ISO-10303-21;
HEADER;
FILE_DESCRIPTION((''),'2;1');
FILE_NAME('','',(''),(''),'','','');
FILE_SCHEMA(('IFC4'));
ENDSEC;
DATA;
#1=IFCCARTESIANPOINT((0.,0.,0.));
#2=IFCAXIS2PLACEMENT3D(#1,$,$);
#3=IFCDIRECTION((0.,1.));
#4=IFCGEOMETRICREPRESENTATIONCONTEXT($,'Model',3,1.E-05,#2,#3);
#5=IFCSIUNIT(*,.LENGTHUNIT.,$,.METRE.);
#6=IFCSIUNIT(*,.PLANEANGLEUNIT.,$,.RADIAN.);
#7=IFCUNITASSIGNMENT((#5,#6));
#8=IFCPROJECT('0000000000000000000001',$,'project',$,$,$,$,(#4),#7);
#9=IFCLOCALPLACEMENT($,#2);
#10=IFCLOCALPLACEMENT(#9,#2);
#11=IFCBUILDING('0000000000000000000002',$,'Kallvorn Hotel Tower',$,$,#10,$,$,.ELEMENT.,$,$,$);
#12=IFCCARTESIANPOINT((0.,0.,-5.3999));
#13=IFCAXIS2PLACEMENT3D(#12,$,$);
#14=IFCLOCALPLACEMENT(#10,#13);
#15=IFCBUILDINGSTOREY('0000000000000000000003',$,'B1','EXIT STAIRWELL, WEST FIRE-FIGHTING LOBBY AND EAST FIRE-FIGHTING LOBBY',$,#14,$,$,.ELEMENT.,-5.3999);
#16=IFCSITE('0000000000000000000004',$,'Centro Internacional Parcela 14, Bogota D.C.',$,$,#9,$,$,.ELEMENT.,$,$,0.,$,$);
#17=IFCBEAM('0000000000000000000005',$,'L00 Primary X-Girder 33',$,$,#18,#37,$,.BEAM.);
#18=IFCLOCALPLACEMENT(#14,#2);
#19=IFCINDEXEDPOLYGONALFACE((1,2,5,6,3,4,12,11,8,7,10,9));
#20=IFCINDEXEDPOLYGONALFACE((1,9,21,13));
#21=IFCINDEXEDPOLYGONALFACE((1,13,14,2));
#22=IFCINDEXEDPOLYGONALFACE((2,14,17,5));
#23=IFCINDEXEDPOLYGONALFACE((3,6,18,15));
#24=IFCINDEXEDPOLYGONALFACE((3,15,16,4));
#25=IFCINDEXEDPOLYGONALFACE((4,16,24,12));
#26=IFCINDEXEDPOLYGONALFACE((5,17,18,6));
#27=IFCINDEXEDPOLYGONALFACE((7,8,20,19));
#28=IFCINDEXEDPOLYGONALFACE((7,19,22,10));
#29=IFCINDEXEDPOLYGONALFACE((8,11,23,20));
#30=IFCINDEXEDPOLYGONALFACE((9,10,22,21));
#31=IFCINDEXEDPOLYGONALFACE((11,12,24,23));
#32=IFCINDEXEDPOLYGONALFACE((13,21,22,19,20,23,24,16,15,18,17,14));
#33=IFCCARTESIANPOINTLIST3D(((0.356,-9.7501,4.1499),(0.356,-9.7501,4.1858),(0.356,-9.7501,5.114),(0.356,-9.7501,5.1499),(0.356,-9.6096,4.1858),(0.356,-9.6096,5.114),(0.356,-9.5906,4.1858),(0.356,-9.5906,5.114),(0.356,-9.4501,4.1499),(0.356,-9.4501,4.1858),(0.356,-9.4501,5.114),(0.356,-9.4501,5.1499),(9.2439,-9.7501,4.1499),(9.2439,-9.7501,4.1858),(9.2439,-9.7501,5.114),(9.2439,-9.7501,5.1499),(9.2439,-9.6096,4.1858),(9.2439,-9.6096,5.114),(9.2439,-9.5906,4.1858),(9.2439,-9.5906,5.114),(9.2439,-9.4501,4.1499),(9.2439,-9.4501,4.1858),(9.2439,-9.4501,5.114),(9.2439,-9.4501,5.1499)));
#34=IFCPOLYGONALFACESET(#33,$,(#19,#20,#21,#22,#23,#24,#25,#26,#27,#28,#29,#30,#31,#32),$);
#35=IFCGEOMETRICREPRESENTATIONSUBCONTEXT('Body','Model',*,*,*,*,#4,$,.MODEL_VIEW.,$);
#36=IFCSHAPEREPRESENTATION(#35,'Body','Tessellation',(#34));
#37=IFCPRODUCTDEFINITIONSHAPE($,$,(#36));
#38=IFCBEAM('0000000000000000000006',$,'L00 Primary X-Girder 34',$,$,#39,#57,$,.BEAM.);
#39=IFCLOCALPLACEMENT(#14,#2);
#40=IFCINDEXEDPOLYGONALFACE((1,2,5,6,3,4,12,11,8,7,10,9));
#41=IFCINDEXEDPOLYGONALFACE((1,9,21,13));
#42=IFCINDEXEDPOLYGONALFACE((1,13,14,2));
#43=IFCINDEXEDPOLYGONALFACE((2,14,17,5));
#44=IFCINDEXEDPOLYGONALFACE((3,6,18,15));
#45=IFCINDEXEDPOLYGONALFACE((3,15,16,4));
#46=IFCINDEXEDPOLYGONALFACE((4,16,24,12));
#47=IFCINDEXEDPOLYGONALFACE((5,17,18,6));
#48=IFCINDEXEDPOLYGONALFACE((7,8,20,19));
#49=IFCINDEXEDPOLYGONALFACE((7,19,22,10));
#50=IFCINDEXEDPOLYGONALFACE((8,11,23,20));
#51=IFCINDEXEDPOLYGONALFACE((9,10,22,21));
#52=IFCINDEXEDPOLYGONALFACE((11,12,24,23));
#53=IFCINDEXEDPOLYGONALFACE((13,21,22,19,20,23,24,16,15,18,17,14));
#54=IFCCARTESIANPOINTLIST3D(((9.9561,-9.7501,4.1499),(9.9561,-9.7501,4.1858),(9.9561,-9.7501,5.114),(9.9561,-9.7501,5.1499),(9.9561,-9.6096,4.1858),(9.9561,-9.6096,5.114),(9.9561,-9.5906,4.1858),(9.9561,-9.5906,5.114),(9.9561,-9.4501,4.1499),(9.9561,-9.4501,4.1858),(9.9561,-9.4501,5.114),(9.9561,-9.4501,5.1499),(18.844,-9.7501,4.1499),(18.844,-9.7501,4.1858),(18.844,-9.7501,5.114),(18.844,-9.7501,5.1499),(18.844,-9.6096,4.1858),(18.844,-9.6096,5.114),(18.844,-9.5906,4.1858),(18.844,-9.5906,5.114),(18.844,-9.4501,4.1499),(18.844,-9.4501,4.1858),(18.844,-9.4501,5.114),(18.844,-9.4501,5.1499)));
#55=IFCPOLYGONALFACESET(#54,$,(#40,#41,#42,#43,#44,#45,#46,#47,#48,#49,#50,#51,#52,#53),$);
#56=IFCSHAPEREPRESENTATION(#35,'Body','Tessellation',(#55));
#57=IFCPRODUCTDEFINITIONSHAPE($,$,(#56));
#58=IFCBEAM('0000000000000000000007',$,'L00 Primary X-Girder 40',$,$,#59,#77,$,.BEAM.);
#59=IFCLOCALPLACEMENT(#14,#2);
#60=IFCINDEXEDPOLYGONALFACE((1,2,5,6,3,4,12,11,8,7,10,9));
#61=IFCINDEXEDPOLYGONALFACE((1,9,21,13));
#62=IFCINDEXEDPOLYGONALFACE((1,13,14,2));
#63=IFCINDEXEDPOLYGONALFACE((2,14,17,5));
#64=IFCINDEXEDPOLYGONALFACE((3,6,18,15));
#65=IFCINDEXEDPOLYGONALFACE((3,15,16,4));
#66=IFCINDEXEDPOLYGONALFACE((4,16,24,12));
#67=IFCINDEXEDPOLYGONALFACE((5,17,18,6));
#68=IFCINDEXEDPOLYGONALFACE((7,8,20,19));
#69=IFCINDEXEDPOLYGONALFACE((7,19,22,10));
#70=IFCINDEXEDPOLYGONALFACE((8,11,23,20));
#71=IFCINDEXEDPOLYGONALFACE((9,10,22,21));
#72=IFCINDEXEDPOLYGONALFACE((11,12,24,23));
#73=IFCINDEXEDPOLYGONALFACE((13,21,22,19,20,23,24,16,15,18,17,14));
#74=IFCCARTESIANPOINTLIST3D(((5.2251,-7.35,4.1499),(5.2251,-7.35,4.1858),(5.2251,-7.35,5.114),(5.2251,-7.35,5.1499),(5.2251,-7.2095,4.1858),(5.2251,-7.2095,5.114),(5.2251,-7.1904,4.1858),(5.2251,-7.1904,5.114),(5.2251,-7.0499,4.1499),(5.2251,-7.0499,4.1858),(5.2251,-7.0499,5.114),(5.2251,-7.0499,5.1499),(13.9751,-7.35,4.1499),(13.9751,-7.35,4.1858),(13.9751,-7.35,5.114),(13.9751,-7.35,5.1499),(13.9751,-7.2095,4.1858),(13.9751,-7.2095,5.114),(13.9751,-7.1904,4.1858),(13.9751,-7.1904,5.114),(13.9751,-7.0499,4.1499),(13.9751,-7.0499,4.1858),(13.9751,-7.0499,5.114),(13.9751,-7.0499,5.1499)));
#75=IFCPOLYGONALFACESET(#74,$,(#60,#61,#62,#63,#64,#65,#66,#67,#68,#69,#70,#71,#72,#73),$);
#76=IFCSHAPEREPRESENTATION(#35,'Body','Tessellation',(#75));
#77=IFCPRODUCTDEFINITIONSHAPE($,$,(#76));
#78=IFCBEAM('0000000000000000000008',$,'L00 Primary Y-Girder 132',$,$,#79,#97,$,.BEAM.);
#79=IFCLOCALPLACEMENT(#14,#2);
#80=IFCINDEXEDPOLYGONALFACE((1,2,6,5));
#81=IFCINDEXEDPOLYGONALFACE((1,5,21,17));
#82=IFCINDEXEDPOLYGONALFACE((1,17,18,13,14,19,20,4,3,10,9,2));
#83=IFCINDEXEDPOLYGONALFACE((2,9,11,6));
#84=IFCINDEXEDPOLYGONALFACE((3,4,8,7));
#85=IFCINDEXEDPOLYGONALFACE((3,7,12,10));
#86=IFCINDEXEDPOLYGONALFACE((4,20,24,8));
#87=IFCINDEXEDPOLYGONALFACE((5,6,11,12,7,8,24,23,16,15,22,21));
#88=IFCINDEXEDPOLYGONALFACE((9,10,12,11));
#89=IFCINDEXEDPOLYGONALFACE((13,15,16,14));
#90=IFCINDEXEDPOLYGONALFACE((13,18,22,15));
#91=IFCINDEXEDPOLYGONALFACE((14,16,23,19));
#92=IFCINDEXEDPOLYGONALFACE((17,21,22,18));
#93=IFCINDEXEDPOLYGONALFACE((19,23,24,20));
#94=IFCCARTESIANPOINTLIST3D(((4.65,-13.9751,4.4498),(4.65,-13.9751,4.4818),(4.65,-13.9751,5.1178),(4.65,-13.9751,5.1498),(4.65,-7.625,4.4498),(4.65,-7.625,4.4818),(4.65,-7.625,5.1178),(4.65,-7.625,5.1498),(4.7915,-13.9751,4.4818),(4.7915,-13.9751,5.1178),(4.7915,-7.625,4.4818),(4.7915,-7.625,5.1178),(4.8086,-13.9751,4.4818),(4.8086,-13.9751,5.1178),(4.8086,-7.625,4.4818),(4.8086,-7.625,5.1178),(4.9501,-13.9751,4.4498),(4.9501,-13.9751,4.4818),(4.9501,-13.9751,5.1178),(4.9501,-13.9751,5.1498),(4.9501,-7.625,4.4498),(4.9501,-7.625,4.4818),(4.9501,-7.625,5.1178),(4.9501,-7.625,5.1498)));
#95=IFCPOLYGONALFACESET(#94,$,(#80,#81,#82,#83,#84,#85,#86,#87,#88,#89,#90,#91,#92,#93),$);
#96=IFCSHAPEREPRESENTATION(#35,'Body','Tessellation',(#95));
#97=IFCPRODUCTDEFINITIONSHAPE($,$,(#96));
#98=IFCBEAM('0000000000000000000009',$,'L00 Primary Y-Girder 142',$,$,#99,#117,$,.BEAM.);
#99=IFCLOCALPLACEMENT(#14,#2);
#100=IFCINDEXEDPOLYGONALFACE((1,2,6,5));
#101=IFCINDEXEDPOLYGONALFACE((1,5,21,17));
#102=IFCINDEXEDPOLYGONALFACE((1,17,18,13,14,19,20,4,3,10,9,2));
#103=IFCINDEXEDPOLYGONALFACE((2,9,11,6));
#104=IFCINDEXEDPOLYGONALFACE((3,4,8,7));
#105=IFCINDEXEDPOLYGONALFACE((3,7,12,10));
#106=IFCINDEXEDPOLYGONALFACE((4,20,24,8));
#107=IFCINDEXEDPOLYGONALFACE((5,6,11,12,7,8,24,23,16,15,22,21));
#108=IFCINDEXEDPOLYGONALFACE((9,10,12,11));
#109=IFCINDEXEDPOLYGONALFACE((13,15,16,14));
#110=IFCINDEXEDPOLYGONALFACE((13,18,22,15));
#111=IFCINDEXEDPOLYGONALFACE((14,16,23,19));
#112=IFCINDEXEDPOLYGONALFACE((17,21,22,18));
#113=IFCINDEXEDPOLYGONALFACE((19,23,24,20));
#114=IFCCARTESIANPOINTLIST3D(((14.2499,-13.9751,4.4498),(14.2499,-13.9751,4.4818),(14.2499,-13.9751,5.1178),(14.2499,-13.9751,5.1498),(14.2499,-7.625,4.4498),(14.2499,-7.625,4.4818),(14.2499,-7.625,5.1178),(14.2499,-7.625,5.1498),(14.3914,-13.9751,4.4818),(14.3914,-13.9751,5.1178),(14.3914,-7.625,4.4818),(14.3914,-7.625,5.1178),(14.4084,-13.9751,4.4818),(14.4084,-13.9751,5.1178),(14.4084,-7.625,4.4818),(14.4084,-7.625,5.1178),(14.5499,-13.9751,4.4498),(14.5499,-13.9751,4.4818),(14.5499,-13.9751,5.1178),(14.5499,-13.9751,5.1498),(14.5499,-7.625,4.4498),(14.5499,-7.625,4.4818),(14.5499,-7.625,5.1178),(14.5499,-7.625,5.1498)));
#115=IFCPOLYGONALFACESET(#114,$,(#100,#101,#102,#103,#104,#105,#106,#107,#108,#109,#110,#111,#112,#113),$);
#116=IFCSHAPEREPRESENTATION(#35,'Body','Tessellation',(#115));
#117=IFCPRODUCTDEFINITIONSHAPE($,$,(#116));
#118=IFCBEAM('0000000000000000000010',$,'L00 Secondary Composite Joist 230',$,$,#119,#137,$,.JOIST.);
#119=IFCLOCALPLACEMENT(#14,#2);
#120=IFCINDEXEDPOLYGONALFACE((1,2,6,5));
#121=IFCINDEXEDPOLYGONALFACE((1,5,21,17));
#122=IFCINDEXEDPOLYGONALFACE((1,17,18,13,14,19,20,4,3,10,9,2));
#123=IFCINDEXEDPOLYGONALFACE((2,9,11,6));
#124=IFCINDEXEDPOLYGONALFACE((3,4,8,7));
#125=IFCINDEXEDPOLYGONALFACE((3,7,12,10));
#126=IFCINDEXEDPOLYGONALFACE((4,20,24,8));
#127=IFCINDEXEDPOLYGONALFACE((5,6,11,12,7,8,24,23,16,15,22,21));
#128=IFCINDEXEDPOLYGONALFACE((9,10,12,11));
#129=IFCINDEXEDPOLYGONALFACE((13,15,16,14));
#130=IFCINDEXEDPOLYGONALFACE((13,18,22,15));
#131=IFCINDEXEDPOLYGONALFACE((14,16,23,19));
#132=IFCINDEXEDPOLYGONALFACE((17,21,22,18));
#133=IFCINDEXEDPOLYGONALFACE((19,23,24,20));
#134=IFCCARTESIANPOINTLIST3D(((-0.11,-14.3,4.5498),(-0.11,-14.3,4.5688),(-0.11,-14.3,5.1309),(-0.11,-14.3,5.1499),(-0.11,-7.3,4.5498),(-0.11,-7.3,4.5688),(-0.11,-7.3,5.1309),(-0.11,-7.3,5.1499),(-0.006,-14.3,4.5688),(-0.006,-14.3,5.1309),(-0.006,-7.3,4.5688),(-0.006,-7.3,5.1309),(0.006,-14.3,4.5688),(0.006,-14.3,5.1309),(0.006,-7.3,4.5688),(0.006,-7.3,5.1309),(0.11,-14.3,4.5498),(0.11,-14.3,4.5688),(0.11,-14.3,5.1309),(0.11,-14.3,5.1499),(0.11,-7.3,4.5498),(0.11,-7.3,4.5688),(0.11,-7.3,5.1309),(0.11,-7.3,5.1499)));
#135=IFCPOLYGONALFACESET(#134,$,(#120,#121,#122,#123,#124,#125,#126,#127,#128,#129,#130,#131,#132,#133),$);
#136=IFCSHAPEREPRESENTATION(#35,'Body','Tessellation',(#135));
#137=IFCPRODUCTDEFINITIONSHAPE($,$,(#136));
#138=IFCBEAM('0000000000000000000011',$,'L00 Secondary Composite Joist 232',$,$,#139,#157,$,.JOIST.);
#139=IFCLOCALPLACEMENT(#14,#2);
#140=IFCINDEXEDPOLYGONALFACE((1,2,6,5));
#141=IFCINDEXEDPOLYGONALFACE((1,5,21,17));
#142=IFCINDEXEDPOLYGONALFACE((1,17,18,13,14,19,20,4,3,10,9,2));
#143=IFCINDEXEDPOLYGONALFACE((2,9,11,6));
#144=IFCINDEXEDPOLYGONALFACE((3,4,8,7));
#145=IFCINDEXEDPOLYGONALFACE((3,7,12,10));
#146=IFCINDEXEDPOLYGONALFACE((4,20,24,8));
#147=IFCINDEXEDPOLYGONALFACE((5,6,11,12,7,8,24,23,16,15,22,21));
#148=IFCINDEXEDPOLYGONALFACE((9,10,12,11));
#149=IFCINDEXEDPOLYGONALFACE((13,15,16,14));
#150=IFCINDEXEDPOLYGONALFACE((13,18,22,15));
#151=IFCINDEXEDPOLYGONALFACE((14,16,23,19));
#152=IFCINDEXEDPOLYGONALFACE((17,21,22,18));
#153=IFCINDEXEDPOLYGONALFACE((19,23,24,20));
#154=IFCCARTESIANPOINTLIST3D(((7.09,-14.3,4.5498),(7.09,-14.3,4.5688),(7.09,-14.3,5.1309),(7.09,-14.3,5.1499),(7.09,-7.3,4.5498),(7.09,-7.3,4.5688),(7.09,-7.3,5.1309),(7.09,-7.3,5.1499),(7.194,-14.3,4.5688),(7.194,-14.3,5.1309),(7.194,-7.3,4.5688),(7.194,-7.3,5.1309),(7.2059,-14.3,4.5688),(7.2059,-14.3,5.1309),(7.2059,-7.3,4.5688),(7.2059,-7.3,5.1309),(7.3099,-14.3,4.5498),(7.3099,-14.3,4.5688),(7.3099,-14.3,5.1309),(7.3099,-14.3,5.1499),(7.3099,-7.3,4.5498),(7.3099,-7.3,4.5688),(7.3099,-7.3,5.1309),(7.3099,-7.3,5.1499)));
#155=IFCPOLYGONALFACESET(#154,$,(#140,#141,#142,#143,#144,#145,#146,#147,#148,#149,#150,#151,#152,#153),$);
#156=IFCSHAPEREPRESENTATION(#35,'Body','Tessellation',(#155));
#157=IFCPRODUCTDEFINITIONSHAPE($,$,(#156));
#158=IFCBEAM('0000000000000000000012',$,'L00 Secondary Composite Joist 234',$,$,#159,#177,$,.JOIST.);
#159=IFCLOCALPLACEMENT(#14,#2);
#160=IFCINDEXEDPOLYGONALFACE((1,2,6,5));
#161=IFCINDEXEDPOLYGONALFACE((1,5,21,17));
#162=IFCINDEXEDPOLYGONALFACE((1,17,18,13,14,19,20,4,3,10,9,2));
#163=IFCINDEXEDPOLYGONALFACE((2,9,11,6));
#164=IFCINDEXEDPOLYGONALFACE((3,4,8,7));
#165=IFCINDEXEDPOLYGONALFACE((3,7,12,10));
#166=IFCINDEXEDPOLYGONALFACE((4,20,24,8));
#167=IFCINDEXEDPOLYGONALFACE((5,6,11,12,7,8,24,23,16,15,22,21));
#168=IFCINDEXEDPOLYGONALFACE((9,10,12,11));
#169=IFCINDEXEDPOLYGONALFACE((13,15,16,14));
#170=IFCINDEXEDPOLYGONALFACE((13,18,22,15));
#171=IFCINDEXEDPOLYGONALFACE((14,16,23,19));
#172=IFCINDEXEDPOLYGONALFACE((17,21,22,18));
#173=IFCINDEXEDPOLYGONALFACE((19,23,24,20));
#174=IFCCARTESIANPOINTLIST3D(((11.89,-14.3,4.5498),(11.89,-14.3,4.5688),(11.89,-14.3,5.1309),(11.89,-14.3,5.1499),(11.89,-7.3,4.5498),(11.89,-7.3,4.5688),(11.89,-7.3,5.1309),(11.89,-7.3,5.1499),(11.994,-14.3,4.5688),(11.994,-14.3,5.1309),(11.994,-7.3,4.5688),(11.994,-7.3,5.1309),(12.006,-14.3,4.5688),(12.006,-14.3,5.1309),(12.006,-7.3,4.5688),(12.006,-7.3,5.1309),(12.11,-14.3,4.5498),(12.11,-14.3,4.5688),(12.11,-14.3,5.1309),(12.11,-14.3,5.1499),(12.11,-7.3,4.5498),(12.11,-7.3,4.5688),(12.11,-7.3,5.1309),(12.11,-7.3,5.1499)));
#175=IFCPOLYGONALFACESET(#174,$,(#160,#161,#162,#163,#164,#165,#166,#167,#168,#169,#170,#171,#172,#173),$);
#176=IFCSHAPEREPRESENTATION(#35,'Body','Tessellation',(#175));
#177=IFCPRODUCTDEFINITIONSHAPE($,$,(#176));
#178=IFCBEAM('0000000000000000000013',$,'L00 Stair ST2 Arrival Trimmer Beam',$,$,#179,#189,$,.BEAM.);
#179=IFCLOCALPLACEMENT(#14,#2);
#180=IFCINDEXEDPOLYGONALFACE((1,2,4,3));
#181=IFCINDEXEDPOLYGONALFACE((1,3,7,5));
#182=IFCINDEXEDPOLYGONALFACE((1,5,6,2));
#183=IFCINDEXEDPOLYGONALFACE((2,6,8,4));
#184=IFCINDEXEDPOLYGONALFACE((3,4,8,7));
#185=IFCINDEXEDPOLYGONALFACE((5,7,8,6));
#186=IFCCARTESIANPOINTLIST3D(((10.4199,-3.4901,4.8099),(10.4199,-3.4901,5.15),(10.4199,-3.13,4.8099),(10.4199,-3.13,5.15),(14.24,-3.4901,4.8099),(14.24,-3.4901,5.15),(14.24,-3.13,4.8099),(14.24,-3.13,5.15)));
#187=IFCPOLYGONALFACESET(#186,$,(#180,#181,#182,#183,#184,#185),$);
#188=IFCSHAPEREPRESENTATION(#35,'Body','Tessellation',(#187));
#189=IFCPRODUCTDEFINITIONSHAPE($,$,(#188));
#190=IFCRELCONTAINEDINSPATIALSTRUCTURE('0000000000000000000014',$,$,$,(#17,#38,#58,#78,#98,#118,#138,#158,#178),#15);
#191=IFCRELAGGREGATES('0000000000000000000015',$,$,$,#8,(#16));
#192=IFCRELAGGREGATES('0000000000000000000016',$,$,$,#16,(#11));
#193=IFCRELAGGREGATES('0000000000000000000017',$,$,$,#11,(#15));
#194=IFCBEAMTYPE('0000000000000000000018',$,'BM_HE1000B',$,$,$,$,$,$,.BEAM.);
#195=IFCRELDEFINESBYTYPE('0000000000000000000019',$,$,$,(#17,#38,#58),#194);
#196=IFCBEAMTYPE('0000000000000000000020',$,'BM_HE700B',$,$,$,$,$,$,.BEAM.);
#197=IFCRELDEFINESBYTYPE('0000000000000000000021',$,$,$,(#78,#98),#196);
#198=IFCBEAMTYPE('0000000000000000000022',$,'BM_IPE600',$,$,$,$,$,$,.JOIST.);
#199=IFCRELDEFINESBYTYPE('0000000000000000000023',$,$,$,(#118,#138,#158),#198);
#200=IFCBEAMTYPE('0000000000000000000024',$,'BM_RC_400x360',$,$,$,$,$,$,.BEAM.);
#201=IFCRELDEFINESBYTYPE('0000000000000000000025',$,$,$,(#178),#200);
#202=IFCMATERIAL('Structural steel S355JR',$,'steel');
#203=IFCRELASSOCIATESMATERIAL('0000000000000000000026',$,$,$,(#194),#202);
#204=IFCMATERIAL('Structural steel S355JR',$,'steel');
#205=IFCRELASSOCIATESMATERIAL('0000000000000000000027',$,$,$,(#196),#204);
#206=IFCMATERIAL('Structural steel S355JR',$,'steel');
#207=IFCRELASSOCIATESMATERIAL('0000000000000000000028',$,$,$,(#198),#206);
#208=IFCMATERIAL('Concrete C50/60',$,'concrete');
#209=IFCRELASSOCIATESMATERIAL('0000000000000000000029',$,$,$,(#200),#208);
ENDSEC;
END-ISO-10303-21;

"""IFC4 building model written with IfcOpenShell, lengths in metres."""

from ifc_helpers import new_model, si_unit, direction, frame, origin, origin_2d, place, context, subcontext, project, spatial, rectangle, i_section, extrude, material, material_profile, profile_set, type_object, element, save


model = new_model("IFC4")

# Units and contexts
model_context = context("Model", 3, precision=1e-05, world=origin(), true_north=direction((0.0, 1.0)))
body_context = subcontext(model_context, "Body", "Model", "MODEL_VIEW")
ifc_project = project(units=[si_unit("LENGTHUNIT", "METRE"), si_unit("PLANEANGLEUNIT", "RADIAN")], contexts=[model_context])

# Site, building, storey
site_placement = place(None, origin())
site = spatial("IfcSite", under=ifc_project, at=site_placement, Name="Centro Internacional Parcela 14, Bogota D.C.", CompositionType="ELEMENT", RefElevation=0.0)
building_placement = place(site_placement, origin())
building = spatial("IfcBuilding", under=site, at=building_placement, Name="Kallvorn Hotel Tower", CompositionType="ELEMENT")
storey_placement = place(building_placement, frame((0.0, 0.0, -5.3999)))
storey = spatial("IfcBuildingStorey", under=building, at=storey_placement, Name="B1", Description="EXIT STAIRWELL, WEST FIRE-FIGHTING LOBBY AND EAST FIRE-FIGHTING LOBBY", CompositionType="ELEMENT", Elevation=-5.3999)

# Beams
ifc_material_1 = material(Name="Structural steel S355JR", Category="steel")
ifc_material_profile_1 = material_profile(ifc_material_1, i_section(OverallWidth=0.3, OverallDepth=1.0, WebThickness=0.019, FlangeThickness=0.0359, at=origin_2d()), Name="HE 1000 B")
ifc_profile_set_1 = profile_set([ifc_material_profile_1], Name="Structural steel S355JR")
beam_type_1 = type_object("IfcBeamType", Name="BM_HE1000B", PredefinedType="BEAM", material=ifc_profile_set_1)
for number, where, z_axis, x_axis, name in (
    (1, (0.356, -9.6001, 4.6499), (1.0, 0.0, 0.0), (0.0, 1.0, 0.0), "L00 Primary X-Girder 33"),
    (2, (9.9561, -9.6001, 4.6499), (1.0, 0.0, 0.0), (0.0, 1.0, 0.0), "L00 Primary X-Girder 34"),
):
    element("IfcBeam", number, at=place(storey_placement, frame(where, z_axis=z_axis, x_axis=x_axis)), inside=storey, type_object=beam_type_1, Name=name, PredefinedType="BEAM", context=body_context, shape_type="SweptSolid", body=[
        extrude(i_section(OverallWidth=0.3, OverallDepth=1.0, WebThickness=0.019, FlangeThickness=0.0359, at=origin_2d()), origin(), (0.0, 0.0, 1.0), 8.8879),
    ])
beam_1_placement = place(storey_placement, frame((5.2251, -7.2, 4.6499), z_axis=(1.0, 0.0, 0.0), x_axis=(0.0, 1.0, 0.0)))
element("IfcBeam", 3, at=beam_1_placement, inside=storey, type_object=beam_type_1, Name="L00 Primary X-Girder 40", PredefinedType="BEAM", context=body_context, shape_type="SweptSolid", body=[
    extrude(i_section(OverallWidth=0.3, OverallDepth=1.0, WebThickness=0.019, FlangeThickness=0.0359, at=origin_2d()), origin(), (0.0, 0.0, 1.0), 8.75),
])
ifc_material_2 = material(Name="Structural steel S355JR", Category="steel")
ifc_material_profile_2 = material_profile(ifc_material_2, i_section(OverallWidth=0.3, OverallDepth=0.7, WebThickness=0.0171, FlangeThickness=0.032, at=origin_2d()), Name="HE 700 B")
ifc_profile_set_2 = profile_set([ifc_material_profile_2], Name="Structural steel S355JR")
beam_type_2 = type_object("IfcBeamType", Name="BM_HE700B", PredefinedType="BEAM", material=ifc_profile_set_2)
for number, where, z_axis, x_axis, name in (
    (4, (4.8, -13.9751, 4.7998), (0.0, 1.0, 0.0), (-1.0, 0.0, 0.0), "L00 Primary Y-Girder 132"),
    (5, (14.3999, -13.9751, 4.7998), (0.0, 1.0, 0.0), (-1.0, 0.0, 0.0), "L00 Primary Y-Girder 142"),
):
    element("IfcBeam", number, at=place(storey_placement, frame(where, z_axis=z_axis, x_axis=x_axis)), inside=storey, type_object=beam_type_2, Name=name, PredefinedType="BEAM", context=body_context, shape_type="SweptSolid", body=[
        extrude(i_section(OverallWidth=0.3, OverallDepth=0.7, WebThickness=0.0171, FlangeThickness=0.032, at=origin_2d()), origin(), (0.0, 0.0, 1.0), 6.3501),
    ])
ifc_material_3 = material(Name="Structural steel S355JR", Category="steel")
ifc_material_profile_3 = material_profile(ifc_material_3, i_section(OverallWidth=0.22, OverallDepth=0.6001, WebThickness=0.012, FlangeThickness=0.019, at=origin_2d()), Name="IPE 600")
ifc_profile_set_3 = profile_set([ifc_material_profile_3], Name="Structural steel S355JR")
beam_type_3 = type_object("IfcBeamType", Name="BM_IPE600", PredefinedType="JOIST", material=ifc_profile_set_3)
for number, where, z_axis, x_axis, name in (
    (6, (0.0, -14.3, 4.8499), (0.0, 1.0, 0.0), (-1.0, 0.0, 0.0), "L00 Secondary Composite Joist 230"),
    (7, (7.2, -14.3, 4.8499), (0.0, 1.0, 0.0), (-1.0, 0.0, 0.0), "L00 Secondary Composite Joist 232"),
    (8, (12.0, -14.3, 4.8499), (0.0, 1.0, 0.0), (-1.0, 0.0, 0.0), "L00 Secondary Composite Joist 234"),
):
    element("IfcBeam", number, at=place(storey_placement, frame(where, z_axis=z_axis, x_axis=x_axis)), inside=storey, type_object=beam_type_3, Name=name, PredefinedType="JOIST", context=body_context, shape_type="SweptSolid", body=[
        extrude(i_section(OverallWidth=0.22, OverallDepth=0.6001, WebThickness=0.012, FlangeThickness=0.019, at=origin_2d()), origin(), (0.0, 0.0, 1.0), 7.0),
    ])
ifc_material_4 = material(Name="Concrete C50/60", Category="concrete")
ifc_material_profile_4 = material_profile(ifc_material_4, rectangle(XDim=0.3601, YDim=0.3401, at=origin_2d()), Name="RC 360x340")
ifc_profile_set_4 = profile_set([ifc_material_profile_4], Name="Concrete C50/60")
beam_type_4 = type_object("IfcBeamType", Name="BM_RC_400x360", PredefinedType="BEAM", material=ifc_profile_set_4)
beam_2_placement = place(storey_placement, frame((14.24, -3.3101, 4.98), z_axis=(-1.0, 0.0, 0.0), x_axis=(0.0, -1.0, 0.0)))
element("IfcBeam", 9, at=beam_2_placement, inside=storey, type_object=beam_type_4, Name="L00 Stair ST2 Arrival Trimmer Beam", PredefinedType="BEAM", context=body_context, shape_type="SweptSolid", body=[
    extrude(rectangle(XDim=0.3601, YDim=0.3401, at=origin_2d()), origin(), (0.0, 0.0, 1.0), 3.8201),
])

save(model, "model.ifc")
